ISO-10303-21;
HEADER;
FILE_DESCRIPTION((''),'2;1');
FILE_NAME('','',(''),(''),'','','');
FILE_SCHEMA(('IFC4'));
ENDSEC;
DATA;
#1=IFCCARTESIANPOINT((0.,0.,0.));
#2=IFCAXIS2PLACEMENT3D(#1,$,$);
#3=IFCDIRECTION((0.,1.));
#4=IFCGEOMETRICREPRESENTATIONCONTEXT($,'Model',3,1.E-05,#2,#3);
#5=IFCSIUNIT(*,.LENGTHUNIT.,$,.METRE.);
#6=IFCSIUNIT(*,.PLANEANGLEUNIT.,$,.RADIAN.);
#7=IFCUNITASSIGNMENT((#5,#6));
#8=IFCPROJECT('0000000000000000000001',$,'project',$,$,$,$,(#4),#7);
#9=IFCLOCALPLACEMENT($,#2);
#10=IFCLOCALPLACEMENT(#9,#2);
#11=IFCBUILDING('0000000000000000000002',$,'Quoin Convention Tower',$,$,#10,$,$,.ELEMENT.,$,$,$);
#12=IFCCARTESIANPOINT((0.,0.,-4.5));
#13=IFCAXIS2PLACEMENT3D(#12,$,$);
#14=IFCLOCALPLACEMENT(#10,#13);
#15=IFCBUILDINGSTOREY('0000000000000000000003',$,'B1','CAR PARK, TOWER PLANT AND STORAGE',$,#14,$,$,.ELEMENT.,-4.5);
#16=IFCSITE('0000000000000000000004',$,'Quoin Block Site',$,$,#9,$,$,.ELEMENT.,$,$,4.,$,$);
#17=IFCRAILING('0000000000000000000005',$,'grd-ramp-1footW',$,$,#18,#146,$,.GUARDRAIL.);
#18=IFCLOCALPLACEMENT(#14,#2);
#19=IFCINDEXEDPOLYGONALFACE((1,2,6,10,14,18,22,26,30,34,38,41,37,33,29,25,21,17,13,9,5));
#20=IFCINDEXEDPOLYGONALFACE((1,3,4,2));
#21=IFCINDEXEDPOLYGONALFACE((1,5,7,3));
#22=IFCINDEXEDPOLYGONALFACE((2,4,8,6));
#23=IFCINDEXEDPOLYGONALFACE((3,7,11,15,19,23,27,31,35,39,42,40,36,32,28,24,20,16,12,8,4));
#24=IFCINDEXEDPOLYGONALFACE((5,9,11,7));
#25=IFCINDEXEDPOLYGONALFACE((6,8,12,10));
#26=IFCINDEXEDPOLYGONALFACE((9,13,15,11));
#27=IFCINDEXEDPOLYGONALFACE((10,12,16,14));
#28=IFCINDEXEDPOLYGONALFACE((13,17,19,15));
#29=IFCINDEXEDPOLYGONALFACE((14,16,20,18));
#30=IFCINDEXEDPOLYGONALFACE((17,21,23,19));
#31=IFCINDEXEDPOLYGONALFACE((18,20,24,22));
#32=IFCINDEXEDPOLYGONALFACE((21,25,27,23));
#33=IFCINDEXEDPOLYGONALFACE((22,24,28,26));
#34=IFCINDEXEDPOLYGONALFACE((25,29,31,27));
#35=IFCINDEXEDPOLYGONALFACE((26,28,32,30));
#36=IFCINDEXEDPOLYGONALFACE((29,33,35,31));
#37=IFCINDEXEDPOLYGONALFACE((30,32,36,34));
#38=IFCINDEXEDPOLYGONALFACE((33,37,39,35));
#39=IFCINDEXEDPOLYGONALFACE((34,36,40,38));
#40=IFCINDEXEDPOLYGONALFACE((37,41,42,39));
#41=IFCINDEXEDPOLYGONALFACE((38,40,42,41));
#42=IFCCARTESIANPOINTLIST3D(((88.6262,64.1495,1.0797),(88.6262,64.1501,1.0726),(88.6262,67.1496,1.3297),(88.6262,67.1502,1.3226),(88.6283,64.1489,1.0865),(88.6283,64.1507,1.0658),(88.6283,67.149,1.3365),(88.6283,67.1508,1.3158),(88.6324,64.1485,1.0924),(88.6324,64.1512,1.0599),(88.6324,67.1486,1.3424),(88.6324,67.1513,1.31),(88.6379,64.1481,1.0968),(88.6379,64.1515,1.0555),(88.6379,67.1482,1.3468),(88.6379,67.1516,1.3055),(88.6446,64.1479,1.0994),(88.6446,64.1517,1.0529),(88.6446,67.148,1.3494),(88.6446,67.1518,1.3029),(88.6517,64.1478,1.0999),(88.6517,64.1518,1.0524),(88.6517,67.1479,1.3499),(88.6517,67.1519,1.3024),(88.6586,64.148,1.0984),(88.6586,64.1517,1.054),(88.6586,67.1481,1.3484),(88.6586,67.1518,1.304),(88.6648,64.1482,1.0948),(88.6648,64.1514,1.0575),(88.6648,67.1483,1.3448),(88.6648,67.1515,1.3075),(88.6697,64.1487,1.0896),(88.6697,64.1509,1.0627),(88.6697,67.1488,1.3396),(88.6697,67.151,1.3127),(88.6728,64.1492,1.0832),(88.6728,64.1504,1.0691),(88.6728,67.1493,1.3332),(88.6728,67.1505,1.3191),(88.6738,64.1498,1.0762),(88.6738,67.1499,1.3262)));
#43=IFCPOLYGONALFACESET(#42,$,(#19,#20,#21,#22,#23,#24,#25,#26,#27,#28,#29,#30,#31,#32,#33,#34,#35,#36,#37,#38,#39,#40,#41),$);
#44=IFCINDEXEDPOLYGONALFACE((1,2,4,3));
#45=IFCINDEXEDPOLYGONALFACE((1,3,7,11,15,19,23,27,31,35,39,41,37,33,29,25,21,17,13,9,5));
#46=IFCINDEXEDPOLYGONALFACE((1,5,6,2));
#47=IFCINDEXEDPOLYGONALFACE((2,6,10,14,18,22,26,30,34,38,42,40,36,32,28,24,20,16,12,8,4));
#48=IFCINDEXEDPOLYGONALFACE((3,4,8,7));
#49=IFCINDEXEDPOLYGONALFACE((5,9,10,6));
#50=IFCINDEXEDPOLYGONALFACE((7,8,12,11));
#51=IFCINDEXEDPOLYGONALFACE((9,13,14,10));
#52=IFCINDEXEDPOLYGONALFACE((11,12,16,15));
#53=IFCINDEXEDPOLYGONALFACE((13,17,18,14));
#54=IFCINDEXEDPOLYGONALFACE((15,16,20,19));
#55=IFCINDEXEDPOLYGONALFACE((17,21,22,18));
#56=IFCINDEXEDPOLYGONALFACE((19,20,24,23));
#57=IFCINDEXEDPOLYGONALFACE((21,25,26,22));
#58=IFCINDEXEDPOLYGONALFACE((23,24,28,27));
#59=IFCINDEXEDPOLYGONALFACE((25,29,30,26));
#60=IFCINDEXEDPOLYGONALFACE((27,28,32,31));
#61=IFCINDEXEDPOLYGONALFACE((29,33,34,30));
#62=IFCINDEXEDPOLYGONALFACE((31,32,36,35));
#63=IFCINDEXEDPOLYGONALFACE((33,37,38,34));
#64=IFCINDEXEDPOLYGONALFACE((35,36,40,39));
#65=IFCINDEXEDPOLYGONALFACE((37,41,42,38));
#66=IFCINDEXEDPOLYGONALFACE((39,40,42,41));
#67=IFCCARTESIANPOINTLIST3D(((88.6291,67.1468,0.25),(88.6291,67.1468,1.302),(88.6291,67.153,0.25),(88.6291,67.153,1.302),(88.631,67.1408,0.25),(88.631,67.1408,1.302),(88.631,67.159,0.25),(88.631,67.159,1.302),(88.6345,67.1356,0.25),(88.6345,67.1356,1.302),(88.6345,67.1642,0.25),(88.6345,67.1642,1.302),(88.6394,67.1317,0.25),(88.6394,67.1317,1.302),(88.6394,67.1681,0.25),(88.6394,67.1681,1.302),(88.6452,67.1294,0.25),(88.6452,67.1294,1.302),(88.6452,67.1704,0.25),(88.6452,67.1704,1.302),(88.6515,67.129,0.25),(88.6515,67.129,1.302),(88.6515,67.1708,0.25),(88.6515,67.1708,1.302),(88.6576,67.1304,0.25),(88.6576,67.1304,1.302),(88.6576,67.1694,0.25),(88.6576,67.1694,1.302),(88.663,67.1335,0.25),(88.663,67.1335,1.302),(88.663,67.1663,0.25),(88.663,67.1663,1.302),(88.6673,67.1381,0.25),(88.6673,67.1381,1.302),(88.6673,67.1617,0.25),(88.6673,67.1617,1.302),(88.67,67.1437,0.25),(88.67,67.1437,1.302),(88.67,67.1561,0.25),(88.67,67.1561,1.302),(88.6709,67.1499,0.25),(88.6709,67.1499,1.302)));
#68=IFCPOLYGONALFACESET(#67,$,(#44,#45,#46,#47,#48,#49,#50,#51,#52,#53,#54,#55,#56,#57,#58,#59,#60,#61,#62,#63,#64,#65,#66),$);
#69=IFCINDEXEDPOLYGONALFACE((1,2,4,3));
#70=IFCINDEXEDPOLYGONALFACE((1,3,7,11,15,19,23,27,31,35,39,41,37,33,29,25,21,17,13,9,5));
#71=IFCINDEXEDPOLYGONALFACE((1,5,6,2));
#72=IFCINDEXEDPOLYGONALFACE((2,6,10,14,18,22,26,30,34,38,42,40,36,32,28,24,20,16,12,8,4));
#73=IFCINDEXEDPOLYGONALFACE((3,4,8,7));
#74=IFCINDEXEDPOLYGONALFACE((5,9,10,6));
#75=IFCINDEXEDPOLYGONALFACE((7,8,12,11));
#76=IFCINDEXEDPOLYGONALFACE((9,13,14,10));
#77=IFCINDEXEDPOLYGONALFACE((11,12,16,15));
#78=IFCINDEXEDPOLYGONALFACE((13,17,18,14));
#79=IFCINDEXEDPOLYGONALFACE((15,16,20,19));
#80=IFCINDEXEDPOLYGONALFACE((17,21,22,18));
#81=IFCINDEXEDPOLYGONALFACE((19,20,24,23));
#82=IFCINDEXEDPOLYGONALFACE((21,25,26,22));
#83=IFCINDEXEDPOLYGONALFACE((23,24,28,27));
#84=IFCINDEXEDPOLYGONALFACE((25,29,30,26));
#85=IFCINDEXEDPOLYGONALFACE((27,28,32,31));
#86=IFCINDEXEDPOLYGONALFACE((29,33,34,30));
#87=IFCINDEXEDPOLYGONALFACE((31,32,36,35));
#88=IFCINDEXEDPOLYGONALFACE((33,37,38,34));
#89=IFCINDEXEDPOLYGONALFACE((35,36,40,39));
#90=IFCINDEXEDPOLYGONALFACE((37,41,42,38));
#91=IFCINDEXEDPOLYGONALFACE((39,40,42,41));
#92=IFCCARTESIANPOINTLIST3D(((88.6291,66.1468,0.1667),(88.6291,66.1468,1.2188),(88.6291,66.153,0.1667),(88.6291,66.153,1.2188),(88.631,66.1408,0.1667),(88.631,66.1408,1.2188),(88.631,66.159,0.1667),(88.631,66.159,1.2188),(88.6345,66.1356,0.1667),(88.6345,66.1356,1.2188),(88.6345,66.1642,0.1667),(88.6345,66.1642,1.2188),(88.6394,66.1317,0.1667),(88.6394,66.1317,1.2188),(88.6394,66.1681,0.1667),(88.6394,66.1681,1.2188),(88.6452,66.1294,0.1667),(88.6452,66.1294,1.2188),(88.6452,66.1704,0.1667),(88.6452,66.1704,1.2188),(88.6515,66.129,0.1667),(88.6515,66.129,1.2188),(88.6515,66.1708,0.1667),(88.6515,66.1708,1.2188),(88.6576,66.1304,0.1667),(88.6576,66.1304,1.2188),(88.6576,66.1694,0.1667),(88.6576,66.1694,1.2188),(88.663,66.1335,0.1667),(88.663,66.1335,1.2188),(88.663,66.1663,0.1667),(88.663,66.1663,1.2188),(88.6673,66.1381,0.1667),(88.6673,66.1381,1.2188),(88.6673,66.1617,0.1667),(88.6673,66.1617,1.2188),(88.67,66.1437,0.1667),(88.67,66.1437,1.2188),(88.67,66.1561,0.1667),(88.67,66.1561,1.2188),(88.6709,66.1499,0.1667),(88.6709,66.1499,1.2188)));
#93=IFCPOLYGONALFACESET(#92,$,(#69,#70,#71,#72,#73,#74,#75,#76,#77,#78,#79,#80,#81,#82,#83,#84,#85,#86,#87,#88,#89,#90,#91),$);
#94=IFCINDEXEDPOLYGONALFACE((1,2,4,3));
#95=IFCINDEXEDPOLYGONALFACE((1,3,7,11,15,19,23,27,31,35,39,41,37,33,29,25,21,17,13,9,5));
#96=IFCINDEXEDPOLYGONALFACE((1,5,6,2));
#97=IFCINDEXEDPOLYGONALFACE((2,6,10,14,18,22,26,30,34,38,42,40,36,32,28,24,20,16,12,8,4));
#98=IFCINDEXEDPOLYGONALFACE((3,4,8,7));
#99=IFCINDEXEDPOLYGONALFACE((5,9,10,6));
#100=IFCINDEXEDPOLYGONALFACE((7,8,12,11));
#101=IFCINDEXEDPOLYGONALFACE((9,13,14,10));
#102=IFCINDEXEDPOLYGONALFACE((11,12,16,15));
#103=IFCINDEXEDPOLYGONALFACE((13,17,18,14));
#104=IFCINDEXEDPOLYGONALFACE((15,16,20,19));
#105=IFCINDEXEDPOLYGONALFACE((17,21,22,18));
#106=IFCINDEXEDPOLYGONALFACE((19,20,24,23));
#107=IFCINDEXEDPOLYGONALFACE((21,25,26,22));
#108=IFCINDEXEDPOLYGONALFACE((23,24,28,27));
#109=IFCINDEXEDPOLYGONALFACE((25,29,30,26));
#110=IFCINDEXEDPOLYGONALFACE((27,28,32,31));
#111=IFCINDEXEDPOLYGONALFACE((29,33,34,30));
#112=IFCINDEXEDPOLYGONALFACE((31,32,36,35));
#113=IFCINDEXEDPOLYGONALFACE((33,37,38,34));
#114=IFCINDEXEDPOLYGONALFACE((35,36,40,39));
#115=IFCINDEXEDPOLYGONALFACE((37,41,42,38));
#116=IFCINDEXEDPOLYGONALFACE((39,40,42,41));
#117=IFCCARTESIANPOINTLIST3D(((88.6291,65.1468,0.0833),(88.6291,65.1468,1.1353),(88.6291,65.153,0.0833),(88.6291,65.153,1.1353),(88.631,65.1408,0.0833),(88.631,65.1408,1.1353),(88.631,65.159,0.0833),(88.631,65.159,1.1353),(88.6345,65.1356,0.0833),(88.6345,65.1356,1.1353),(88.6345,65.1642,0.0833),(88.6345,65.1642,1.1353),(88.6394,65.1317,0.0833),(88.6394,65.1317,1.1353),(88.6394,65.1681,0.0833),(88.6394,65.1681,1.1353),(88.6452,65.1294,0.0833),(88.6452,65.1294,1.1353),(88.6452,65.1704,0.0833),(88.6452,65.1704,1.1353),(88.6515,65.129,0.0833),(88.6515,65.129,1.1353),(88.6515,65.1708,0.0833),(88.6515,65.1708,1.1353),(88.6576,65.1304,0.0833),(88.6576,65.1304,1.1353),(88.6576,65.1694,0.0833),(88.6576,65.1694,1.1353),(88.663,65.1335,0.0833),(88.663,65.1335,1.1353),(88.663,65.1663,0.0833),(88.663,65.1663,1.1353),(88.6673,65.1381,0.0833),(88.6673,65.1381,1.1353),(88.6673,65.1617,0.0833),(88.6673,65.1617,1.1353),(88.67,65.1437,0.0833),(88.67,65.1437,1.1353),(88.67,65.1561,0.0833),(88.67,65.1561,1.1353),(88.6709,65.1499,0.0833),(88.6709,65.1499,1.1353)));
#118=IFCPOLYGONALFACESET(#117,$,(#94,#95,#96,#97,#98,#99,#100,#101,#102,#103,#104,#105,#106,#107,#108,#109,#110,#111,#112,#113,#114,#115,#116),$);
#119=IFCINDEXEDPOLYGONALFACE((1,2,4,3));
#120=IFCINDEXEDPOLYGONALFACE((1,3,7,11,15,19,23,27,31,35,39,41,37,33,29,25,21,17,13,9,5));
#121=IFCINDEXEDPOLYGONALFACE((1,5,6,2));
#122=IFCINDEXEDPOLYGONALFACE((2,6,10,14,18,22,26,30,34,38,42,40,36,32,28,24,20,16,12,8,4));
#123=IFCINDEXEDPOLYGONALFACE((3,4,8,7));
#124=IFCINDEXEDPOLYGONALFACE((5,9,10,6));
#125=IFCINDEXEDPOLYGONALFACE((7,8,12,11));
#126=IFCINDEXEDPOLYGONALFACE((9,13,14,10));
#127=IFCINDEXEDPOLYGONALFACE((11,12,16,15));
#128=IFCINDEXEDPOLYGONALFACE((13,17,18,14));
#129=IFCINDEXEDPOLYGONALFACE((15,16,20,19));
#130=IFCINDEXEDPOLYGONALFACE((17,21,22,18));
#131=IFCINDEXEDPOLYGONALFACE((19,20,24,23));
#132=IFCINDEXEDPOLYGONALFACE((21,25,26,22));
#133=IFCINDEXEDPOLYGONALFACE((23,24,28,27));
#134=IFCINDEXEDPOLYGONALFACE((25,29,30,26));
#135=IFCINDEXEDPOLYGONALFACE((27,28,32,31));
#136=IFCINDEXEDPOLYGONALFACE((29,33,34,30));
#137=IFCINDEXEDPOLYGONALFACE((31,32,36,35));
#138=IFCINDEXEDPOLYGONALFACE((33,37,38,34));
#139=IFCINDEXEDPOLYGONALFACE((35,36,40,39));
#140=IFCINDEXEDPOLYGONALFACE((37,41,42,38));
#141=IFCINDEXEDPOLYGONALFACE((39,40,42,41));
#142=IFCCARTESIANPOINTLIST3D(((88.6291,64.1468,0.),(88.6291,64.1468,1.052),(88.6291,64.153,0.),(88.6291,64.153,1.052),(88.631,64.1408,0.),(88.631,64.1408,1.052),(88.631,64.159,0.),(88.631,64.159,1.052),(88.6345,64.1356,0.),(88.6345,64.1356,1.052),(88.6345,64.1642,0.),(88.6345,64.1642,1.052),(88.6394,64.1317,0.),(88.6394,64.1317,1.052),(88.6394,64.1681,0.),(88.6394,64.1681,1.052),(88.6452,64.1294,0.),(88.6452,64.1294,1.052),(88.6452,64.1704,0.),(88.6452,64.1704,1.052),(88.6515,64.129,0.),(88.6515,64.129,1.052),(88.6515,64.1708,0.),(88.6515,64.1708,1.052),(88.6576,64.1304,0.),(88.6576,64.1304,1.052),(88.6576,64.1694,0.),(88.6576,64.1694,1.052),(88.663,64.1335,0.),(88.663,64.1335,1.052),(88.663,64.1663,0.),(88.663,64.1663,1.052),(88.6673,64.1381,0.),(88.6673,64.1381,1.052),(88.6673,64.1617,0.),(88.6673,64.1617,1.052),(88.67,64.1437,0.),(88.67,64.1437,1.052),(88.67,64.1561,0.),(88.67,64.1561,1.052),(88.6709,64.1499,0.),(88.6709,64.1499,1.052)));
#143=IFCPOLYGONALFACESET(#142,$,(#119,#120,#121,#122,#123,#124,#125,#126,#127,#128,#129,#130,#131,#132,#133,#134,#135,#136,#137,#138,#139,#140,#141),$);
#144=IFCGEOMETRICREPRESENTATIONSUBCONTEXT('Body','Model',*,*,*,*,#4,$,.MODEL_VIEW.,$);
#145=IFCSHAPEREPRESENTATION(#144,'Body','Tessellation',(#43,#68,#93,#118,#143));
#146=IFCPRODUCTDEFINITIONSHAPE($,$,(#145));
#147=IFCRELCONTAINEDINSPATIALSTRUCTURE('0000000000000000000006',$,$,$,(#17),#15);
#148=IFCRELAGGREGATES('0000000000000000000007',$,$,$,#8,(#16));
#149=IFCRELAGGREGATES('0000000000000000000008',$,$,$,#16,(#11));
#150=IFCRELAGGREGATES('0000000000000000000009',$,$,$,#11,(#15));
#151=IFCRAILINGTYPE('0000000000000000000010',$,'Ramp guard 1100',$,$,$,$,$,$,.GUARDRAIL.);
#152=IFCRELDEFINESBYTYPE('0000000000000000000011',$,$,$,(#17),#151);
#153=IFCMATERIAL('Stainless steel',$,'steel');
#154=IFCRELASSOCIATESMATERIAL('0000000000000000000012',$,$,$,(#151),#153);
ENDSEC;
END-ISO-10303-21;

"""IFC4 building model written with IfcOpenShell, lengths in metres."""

from ifc_helpers import new_model, si_unit, direction, frame, origin, origin_2d, place, context, subcontext, project, spatial, circle, extrude, material, type_object, element, save


model = new_model("IFC4")

# Units and contexts
model_context = context("Model", 3, precision=1e-05, world=origin(), true_north=direction((0.0, 1.0)))
body_context = subcontext(model_context, "Body", "Model", "MODEL_VIEW")
ifc_project = project(units=[si_unit("LENGTHUNIT", "METRE"), si_unit("PLANEANGLEUNIT", "RADIAN")], contexts=[model_context])

# Site, building, storey
site_placement = place(None, origin())
site = spatial("IfcSite", under=ifc_project, at=site_placement, Name="Quoin Block Site", CompositionType="ELEMENT", RefElevation=4.0)
building_placement = place(site_placement, origin())
building = spatial("IfcBuilding", under=site, at=building_placement, Name="Quoin Convention Tower", CompositionType="ELEMENT")
storey_placement = place(building_placement, frame((0.0, 0.0, -4.5)))
storey = spatial("IfcBuildingStorey", under=building, at=storey_placement, Name="B1", Description="CAR PARK, TOWER PLANT AND STORAGE", CompositionType="ELEMENT", Elevation=-4.5)

# Railing
ifc_material_1 = material(Name="Stainless steel", Category="steel")
railing_type_1 = type_object("IfcRailingType", Name="Ramp guard 1100", PredefinedType="GUARDRAIL", material=ifc_material_1)
for number, where, name in (
    (1, (88.6499, 67.1499, 0.25), "grd-ramp-1footW"),
):
    element("IfcRailing", number, at=place(storey_placement, frame(where)), inside=storey, type_object=railing_type_1, Name=name, PredefinedType="GUARDRAIL", context=body_context, shape_type="SweptSolid", body=[
        extrude(circle(Radius=0.0239, at=origin_2d()), frame((0.0, 0.0, 1.0762), z_axis=(0.0, -0.996546, -0.083045), x_axis=(1.0, 0.0, 0.0)), (0.0, 0.0, 1.0), 3.0105),
        extrude(circle(Radius=0.021, at=origin_2d()), origin(), (0.0, 0.0, 1.0), 1.052),
        extrude(circle(Radius=0.021, at=origin_2d()), frame((0.0, -1.0, -0.0833)), (0.0, 0.0, 1.0), 1.052),
        extrude(circle(Radius=0.021, at=origin_2d()), frame((0.0, -2.0, -0.1667)), (0.0, 0.0, 1.0), 1.052),
        extrude(circle(Radius=0.021, at=origin_2d()), frame((0.0, -3.0, -0.25)), (0.0, 0.0, 1.0), 1.052),
    ])

save(model, "model.ifc")
